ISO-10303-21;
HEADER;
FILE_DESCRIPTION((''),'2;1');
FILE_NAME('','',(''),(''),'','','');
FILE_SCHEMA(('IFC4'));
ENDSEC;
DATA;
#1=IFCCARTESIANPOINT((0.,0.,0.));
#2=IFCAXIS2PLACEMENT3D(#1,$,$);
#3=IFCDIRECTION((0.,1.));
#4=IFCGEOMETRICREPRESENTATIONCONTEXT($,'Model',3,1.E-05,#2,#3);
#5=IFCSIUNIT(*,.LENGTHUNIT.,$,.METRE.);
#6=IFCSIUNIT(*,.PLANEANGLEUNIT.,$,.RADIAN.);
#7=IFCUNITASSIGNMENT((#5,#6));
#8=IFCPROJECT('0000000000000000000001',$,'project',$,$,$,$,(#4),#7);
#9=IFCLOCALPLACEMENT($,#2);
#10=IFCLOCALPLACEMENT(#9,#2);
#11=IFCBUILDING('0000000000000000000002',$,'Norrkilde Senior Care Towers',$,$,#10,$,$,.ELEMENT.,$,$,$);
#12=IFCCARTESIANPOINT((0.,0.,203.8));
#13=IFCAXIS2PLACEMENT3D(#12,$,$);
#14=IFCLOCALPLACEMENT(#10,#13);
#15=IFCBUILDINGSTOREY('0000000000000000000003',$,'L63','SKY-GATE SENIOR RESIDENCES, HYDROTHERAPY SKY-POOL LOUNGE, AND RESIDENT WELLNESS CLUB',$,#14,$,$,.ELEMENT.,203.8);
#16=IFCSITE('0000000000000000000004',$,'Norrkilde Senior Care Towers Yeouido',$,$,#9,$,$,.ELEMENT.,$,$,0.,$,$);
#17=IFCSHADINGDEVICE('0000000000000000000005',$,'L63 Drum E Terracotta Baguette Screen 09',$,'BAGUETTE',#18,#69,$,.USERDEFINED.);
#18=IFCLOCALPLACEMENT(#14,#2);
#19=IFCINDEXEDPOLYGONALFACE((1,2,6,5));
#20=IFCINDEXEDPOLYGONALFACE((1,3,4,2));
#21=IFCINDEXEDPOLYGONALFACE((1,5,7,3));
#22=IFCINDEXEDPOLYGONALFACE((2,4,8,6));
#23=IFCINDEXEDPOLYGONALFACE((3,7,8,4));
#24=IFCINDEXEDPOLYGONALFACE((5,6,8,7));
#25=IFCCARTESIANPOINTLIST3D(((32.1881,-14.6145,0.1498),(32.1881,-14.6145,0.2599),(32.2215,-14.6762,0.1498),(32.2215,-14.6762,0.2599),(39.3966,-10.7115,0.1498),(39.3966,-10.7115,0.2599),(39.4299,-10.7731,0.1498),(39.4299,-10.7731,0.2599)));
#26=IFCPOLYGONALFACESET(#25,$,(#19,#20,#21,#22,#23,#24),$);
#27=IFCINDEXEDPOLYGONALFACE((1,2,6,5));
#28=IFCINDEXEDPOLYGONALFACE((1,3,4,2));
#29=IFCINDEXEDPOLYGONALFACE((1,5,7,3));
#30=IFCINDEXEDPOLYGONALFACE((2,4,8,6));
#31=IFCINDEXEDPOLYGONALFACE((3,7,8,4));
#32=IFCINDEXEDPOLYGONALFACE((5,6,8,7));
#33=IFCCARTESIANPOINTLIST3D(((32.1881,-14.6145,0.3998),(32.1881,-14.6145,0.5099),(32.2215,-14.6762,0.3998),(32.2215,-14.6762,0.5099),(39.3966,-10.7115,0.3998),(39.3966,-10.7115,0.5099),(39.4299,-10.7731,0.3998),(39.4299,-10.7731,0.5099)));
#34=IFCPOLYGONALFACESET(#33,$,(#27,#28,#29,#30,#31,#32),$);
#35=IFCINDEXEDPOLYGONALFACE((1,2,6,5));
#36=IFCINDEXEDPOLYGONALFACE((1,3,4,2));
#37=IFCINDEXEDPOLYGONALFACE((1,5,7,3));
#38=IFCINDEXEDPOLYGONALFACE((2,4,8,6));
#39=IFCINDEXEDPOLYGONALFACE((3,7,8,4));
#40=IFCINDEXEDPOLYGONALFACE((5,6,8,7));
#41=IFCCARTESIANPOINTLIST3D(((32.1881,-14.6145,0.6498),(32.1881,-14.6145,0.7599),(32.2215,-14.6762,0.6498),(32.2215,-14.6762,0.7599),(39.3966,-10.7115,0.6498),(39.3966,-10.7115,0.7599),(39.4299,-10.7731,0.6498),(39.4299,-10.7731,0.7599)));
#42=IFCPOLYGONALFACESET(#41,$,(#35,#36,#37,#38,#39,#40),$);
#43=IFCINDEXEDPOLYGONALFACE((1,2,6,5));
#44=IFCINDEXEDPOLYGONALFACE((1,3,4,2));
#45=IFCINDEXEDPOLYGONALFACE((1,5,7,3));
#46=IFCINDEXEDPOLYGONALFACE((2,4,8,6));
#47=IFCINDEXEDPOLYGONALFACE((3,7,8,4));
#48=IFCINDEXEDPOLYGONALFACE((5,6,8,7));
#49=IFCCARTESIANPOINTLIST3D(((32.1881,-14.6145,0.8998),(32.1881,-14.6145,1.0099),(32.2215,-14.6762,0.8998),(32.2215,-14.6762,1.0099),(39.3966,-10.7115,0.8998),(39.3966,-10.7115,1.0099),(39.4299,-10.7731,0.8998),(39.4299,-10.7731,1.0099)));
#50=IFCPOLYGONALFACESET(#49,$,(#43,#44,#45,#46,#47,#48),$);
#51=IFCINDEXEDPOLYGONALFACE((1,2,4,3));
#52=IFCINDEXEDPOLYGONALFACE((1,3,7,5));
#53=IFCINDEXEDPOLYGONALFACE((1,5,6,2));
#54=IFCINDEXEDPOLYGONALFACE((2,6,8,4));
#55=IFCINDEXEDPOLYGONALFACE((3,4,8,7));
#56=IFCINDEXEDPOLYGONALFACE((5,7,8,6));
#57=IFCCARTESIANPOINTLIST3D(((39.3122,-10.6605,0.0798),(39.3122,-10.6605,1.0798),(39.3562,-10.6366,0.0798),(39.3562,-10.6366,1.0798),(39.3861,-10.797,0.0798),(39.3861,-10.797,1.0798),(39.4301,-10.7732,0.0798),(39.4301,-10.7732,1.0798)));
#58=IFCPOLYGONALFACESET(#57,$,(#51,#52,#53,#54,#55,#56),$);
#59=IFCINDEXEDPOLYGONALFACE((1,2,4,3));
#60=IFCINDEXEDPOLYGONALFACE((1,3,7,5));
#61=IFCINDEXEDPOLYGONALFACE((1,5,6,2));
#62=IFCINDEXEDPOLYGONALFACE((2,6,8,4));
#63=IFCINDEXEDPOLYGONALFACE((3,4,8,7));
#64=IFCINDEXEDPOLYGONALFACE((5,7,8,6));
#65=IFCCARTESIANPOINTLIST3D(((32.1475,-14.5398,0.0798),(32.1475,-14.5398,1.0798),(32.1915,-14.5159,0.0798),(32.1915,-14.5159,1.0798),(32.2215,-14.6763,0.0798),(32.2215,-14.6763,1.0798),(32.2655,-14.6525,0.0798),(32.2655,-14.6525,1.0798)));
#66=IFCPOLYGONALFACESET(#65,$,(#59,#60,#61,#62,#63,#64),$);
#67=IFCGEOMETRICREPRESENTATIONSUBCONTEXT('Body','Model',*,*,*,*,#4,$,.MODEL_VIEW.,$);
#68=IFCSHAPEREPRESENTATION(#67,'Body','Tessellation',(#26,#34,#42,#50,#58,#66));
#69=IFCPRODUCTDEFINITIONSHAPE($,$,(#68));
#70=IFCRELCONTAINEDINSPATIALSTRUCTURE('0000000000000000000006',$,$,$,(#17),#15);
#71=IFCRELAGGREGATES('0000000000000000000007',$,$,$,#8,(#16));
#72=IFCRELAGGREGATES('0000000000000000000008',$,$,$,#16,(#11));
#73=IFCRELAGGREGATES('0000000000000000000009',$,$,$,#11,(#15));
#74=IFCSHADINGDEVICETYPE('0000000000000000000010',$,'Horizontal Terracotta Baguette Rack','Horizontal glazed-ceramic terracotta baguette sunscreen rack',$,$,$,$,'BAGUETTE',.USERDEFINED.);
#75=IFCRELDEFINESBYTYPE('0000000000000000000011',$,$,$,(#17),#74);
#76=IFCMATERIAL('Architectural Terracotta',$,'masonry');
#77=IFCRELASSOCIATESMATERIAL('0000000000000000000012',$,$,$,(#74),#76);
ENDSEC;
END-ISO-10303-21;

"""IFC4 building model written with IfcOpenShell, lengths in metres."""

from ifc_helpers import new_model, si_unit, direction, frame, origin, origin_2d, place, context, subcontext, project, spatial, rectangle, extrude, source, transform, mapped, material, type_object, type_shapes, element, save


model = new_model("IFC4")

# Units and contexts
model_context = context("Model", 3, precision=1e-05, world=origin(), true_north=direction((0.0, 1.0)))
body_context = subcontext(model_context, "Body", "Model", "MODEL_VIEW")
ifc_project = project(units=[si_unit("LENGTHUNIT", "METRE"), si_unit("PLANEANGLEUNIT", "RADIAN")], contexts=[model_context])

# Site, building, storey
site_placement = place(None, origin())
site = spatial("IfcSite", under=ifc_project, at=site_placement, Name="Norrkilde Senior Care Towers Yeouido", CompositionType="ELEMENT", RefElevation=0.0)
building_placement = place(site_placement, origin())
building = spatial("IfcBuilding", under=site, at=building_placement, Name="Norrkilde Senior Care Towers", CompositionType="ELEMENT")
storey_placement = place(building_placement, frame((0.0, 0.0, 203.8)))
storey = spatial("IfcBuildingStorey", under=building, at=storey_placement, Name="L63", Description="SKY-GATE SENIOR RESIDENCES, HYDROTHERAPY SKY-POOL LOUNGE, AND RESIDENT WELLNESS CLUB", CompositionType="ELEMENT", Elevation=203.8)

# Shading device
ifc_material_1 = material(Name="Architectural Terracotta", Category="masonry")
shading_device_type = type_object("IfcShadingDeviceType", Name="Horizontal Terracotta Baguette Rack", Description="Horizontal glazed-ceramic terracotta baguette sunscreen rack", ElementType="BAGUETTE", PredefinedType="USERDEFINED", material=ifc_material_1)
shared_shape_1 = source(origin(), body_context, "Body", "SweptSolid", [
    extrude(rectangle(XDim=0.0701, YDim=0.1101, at=origin_2d()), frame((0.0, 0.0901, 0.125), z_axis=(1.0, 0.0, 0.0), x_axis=(0.0, 1.0, 0.0)), (0.0, 0.0, 1.0), 8.1973),
    extrude(rectangle(XDim=0.0701, YDim=0.1101, at=origin_2d()), frame((0.0, 0.0901, 0.375), z_axis=(1.0, 0.0, 0.0), x_axis=(0.0, 1.0, 0.0)), (0.0, 0.0, 1.0), 8.1973),
    extrude(rectangle(XDim=0.0701, YDim=0.1101, at=origin_2d()), frame((0.0, 0.0901, 0.625), z_axis=(1.0, 0.0, 0.0), x_axis=(0.0, 1.0, 0.0)), (0.0, 0.0, 1.0), 8.1973),
    extrude(rectangle(XDim=0.0701, YDim=0.1101, at=origin_2d()), frame((0.0, 0.0901, 0.875), z_axis=(1.0, 0.0, 0.0), x_axis=(0.0, 1.0, 0.0)), (0.0, 0.0, 1.0), 8.1973),
    extrude(rectangle(XDim=0.05, YDim=0.1553, at=origin_2d()), frame((0.0249, 0.0476, 0.0)), (0.0, 0.0, 1.0), 1.0),
    extrude(rectangle(XDim=0.05, YDim=0.1553, at=origin_2d()), frame((8.1724, 0.0476, 0.0)), (0.0, 0.0, 1.0), 1.0),
])
type_shapes(shading_device_type, [shared_shape_1])
shading_device_placement = place(storey_placement, frame((39.3704, -10.6631, 0.0798), z_axis=(0.0, 0.0, 1.0), x_axis=(-0.879378, -0.476144, 0.0)))
element("IfcShadingDevice", 1, at=shading_device_placement, inside=storey, type_object=shading_device_type, Name="L63 Drum E Terracotta Baguette Screen 09", ObjectType="BAGUETTE", PredefinedType="USERDEFINED", context=body_context, shape_type="MappedRepresentation", body=[
    mapped(shared_shape_1, transform((0.0, 0.0, 0.0), x_axis=(1.0, 0.0, 0.0), y_axis=(0.0, 1.0, 0.0), z_axis=(0.0, 0.0, 1.0), scale=1.0)),
])

save(model, "model.ifc")
